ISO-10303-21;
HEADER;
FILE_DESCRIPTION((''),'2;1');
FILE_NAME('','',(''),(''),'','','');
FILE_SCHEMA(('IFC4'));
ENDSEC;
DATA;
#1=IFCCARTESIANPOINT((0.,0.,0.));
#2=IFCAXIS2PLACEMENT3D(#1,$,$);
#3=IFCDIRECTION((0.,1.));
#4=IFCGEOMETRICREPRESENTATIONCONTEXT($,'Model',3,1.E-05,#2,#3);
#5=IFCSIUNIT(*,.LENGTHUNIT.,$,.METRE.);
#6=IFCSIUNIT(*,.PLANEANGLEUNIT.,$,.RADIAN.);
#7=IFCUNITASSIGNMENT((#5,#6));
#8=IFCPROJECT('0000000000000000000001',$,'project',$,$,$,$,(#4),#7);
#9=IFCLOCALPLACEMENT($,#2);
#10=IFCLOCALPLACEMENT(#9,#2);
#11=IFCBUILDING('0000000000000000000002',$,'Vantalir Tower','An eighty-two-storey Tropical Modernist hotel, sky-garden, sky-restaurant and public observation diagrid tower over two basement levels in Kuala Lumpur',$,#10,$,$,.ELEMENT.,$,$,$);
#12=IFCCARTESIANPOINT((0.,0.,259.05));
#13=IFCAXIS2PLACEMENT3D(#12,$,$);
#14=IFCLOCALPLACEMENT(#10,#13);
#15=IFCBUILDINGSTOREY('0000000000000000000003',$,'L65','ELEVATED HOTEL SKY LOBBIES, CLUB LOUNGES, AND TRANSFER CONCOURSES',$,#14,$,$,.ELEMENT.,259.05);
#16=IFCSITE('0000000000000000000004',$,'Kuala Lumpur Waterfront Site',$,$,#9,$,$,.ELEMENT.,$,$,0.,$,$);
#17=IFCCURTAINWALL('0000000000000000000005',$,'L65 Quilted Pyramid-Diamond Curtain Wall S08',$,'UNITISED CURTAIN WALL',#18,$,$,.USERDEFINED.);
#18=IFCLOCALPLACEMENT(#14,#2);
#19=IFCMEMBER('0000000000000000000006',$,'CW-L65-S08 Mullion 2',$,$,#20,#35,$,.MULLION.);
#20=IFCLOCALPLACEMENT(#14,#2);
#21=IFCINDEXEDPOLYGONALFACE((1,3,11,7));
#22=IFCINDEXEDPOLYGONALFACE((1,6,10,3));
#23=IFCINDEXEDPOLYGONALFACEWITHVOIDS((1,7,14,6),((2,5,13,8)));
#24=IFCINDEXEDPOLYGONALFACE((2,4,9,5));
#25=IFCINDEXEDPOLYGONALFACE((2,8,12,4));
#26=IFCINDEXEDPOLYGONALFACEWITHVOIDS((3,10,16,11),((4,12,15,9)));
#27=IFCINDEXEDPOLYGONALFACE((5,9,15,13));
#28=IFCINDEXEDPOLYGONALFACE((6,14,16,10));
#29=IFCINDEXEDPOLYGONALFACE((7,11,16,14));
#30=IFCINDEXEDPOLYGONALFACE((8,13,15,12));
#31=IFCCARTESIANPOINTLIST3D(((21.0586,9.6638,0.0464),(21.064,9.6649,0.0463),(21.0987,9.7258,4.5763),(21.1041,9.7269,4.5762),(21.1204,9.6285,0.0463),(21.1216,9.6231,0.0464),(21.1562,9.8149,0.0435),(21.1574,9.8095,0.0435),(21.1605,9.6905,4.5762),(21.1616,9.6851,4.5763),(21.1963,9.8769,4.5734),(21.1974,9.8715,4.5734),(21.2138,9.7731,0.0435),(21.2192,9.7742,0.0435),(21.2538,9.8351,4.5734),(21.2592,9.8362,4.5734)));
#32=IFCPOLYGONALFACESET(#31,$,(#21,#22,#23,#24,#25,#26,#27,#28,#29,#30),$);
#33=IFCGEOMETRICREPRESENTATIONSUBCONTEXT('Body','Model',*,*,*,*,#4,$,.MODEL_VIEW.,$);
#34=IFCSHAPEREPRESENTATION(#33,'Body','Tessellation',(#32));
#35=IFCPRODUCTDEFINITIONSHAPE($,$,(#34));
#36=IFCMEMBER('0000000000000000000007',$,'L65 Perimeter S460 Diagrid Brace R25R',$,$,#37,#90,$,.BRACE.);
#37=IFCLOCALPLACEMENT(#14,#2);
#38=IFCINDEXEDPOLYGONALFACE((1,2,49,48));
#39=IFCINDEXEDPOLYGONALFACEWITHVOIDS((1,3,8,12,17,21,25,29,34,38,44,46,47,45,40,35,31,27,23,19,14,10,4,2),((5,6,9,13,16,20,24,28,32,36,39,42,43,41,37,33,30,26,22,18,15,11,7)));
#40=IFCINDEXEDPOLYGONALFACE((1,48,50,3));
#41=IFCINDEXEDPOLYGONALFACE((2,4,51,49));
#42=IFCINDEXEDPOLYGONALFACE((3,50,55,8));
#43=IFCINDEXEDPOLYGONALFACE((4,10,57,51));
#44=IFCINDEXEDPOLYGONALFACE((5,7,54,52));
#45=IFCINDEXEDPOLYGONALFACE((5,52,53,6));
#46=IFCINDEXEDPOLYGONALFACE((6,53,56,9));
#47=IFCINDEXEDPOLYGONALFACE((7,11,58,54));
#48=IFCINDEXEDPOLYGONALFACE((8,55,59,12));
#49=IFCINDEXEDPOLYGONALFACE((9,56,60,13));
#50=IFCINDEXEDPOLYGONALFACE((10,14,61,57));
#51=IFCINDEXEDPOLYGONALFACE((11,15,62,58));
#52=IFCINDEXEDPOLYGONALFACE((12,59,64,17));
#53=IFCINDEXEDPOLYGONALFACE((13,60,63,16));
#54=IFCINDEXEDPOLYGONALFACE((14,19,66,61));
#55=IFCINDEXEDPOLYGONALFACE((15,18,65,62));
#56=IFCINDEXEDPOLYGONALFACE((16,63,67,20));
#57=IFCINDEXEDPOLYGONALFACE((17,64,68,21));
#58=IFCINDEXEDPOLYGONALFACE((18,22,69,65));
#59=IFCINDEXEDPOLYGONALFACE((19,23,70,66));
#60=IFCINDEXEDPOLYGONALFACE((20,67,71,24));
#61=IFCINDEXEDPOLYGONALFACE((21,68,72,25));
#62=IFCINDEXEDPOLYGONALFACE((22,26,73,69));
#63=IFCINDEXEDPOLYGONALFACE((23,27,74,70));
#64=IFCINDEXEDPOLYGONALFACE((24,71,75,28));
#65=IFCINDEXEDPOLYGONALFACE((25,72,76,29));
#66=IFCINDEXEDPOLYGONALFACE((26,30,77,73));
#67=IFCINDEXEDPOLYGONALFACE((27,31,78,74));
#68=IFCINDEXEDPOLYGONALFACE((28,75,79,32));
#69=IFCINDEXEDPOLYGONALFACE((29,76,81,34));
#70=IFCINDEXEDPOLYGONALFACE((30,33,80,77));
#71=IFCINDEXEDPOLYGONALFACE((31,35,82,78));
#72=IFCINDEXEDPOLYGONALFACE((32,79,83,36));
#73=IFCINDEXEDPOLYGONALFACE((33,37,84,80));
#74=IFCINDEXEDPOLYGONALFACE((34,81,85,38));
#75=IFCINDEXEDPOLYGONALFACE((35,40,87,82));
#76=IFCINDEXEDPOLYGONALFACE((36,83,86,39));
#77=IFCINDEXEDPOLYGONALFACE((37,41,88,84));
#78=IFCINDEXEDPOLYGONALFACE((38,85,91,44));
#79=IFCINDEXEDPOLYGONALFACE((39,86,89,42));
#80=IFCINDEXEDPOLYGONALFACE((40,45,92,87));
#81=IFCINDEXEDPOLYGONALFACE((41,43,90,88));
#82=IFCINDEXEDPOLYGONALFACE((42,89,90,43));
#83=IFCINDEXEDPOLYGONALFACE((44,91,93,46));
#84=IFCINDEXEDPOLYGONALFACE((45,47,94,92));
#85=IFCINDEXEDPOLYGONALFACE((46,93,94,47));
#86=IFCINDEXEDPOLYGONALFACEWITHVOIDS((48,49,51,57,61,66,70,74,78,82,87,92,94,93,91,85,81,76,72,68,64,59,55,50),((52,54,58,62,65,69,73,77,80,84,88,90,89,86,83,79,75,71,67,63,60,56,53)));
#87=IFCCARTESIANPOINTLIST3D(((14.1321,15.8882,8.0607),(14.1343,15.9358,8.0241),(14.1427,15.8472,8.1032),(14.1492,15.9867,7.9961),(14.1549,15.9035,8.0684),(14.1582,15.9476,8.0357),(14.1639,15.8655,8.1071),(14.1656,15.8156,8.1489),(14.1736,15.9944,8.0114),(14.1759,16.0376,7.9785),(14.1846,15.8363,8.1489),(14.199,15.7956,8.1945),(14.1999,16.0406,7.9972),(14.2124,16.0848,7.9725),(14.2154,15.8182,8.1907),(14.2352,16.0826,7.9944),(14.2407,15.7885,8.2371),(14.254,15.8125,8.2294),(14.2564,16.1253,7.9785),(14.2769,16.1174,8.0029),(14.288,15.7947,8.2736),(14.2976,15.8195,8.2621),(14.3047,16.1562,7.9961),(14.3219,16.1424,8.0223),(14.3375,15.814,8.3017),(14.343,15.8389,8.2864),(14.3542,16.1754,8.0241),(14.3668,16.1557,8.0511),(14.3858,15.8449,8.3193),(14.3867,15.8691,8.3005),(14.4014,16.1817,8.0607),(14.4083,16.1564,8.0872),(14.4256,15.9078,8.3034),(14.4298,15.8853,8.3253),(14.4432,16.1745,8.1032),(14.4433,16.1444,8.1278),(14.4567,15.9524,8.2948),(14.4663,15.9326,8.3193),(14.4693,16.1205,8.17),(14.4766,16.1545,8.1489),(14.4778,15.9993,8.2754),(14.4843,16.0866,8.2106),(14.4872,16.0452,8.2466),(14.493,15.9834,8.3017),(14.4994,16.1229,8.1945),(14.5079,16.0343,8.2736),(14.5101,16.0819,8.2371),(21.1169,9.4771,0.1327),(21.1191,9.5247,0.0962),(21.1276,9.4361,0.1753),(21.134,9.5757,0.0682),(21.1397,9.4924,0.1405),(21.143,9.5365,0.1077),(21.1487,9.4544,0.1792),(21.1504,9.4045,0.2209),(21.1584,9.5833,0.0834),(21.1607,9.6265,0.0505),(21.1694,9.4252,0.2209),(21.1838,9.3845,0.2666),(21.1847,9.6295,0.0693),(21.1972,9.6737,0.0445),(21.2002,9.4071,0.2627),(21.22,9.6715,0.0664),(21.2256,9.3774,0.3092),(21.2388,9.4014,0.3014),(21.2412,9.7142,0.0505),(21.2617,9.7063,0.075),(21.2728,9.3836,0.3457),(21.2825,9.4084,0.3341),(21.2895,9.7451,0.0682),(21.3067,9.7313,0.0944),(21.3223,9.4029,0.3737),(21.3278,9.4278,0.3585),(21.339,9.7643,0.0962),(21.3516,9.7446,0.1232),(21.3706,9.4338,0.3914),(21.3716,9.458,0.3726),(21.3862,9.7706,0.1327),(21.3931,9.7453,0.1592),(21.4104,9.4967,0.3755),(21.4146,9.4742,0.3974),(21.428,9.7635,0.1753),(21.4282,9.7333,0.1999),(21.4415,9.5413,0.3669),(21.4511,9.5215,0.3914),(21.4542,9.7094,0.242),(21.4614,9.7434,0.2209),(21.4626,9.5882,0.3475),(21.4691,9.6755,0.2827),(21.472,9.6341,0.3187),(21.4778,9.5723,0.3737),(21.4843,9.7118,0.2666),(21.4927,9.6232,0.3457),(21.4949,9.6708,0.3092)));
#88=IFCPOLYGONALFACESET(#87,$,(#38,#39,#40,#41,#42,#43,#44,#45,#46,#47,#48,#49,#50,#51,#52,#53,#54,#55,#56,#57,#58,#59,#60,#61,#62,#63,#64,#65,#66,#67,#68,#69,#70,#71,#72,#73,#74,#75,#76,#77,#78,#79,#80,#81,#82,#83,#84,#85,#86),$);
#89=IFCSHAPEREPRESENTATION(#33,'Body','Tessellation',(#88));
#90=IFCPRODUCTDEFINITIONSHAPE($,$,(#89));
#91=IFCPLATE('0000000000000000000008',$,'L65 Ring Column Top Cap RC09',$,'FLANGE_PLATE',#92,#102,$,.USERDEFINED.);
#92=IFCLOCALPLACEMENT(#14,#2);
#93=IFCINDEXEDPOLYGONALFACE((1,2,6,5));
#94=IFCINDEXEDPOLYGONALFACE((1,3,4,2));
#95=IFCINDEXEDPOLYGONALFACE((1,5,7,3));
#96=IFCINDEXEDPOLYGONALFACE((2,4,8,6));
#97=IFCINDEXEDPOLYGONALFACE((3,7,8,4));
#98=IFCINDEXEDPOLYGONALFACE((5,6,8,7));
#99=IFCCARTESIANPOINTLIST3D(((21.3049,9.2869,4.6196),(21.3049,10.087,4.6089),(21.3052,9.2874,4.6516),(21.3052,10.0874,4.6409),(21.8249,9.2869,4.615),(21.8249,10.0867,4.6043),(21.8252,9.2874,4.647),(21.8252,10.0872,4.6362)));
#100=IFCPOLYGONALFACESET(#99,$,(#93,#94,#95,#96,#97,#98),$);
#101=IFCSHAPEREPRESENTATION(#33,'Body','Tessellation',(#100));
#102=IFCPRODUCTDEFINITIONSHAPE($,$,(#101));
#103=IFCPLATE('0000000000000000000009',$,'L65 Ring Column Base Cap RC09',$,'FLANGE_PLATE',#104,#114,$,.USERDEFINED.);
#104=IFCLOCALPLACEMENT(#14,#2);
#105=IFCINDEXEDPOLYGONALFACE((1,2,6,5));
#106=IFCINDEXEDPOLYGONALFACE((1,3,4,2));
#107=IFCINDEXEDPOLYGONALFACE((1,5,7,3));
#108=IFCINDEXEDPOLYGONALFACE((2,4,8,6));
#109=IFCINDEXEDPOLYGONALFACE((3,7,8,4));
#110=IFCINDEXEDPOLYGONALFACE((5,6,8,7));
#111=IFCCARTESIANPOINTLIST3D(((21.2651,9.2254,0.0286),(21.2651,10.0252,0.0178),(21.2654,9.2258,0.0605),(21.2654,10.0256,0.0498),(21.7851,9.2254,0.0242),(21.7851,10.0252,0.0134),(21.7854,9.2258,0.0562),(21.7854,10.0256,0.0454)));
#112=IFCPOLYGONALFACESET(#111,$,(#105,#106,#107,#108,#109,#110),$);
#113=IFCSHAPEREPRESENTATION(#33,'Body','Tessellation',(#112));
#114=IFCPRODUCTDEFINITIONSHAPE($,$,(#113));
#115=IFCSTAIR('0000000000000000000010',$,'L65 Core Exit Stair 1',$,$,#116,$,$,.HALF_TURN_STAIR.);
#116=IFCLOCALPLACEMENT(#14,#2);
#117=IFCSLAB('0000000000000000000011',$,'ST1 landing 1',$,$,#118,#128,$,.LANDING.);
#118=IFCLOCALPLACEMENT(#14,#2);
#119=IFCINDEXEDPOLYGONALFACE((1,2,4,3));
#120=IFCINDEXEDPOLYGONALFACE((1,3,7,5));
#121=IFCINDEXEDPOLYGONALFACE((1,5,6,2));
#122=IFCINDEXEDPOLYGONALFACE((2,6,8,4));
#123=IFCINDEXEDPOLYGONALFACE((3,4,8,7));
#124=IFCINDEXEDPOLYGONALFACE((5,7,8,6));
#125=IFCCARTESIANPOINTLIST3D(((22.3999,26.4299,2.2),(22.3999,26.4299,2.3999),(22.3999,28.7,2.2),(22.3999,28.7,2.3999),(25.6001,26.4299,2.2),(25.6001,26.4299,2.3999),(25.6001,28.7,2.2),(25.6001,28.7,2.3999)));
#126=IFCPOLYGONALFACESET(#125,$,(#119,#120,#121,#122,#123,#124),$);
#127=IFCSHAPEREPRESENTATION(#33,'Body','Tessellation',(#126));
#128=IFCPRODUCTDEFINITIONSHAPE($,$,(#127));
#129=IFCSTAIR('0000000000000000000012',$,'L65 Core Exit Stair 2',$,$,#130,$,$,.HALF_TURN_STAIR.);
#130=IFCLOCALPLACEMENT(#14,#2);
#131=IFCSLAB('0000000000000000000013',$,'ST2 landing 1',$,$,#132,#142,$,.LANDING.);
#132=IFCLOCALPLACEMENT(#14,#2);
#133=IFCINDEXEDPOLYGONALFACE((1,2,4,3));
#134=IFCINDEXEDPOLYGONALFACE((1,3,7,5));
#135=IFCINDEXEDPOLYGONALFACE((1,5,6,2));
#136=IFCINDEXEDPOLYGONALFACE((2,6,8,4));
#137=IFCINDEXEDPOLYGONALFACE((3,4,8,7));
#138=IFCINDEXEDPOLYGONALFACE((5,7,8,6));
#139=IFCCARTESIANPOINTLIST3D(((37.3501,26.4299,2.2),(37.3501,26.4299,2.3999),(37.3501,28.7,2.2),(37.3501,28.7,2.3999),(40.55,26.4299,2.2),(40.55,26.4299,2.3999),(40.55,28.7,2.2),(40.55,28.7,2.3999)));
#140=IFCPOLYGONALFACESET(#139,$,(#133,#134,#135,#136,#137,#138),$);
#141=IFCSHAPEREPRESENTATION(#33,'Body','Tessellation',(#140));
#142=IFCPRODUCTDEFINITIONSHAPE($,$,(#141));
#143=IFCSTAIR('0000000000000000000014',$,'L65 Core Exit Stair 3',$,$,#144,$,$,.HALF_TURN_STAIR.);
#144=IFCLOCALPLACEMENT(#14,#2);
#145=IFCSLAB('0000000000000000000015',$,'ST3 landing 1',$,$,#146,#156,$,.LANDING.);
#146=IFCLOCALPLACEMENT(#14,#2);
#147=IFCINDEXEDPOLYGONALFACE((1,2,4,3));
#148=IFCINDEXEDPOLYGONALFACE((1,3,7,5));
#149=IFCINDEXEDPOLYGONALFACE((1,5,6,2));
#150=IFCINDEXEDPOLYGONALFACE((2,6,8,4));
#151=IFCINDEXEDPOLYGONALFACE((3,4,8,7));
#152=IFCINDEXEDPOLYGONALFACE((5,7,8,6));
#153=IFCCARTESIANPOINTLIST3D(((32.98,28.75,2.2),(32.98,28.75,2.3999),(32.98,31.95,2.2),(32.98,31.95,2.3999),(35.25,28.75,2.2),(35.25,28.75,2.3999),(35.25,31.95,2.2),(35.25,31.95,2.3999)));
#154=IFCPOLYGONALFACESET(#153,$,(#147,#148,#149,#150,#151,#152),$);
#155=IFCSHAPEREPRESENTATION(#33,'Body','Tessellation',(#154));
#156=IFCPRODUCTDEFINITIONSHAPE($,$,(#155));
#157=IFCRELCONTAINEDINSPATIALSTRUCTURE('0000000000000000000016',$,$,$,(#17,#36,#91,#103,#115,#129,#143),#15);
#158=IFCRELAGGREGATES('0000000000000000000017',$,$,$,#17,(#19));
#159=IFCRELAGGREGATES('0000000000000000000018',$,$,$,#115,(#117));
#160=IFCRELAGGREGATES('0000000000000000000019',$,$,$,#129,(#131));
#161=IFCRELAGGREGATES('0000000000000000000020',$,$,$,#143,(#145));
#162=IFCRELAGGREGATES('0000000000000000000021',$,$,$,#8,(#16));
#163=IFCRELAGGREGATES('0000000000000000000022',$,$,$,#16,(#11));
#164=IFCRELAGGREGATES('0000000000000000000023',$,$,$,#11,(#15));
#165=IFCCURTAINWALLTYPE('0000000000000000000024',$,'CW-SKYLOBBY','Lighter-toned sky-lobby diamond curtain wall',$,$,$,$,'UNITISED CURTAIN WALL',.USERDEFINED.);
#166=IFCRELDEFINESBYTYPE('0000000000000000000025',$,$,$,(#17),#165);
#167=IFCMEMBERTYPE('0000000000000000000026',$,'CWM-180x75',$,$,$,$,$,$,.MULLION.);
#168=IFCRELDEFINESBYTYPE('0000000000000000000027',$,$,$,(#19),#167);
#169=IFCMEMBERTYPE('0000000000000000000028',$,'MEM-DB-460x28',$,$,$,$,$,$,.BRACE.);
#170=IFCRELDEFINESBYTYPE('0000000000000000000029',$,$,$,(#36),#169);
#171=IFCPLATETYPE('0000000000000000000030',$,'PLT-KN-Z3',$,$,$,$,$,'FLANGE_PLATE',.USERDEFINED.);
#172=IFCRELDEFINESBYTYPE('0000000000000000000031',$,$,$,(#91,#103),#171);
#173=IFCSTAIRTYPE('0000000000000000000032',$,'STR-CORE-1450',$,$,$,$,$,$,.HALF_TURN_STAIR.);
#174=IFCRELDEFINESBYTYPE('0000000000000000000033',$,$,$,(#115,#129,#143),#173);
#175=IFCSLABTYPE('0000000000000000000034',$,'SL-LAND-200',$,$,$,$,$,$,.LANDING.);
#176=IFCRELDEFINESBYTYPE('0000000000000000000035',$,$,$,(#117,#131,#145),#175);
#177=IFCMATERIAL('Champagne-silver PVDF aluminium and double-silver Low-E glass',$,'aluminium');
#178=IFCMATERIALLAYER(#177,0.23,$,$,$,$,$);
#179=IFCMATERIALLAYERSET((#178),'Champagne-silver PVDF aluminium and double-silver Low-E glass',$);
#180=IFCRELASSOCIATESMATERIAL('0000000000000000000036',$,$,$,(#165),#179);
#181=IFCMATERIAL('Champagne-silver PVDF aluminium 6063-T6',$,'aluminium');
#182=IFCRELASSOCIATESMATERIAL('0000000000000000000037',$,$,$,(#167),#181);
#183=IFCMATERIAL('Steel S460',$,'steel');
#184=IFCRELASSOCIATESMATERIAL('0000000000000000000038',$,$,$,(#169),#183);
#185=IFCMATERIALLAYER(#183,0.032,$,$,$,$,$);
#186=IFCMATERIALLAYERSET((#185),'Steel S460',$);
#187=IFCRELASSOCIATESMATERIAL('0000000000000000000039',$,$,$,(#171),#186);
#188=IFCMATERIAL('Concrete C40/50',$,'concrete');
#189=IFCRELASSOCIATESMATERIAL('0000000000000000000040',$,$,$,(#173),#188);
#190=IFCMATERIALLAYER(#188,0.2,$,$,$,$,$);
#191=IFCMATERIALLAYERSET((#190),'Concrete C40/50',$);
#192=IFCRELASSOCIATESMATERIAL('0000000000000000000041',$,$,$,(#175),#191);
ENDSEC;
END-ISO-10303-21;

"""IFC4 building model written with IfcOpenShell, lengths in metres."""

from ifc_helpers import new_model, si_unit, direction, frame, origin, origin_2d, place, context, subcontext, project, spatial, polyline, hollow_rectangle, hollow_circle, outline, extrude, material, layer, layer_set, material_profile, profile_set, type_object, element, aggregate, save


model = new_model("IFC4")

# Units and contexts
model_context = context("Model", 3, precision=1e-05, world=origin(), true_north=direction((0.0, 1.0)))
body_context = subcontext(model_context, "Body", "Model", "MODEL_VIEW")
ifc_project = project(units=[si_unit("LENGTHUNIT", "METRE"), si_unit("PLANEANGLEUNIT", "RADIAN")], contexts=[model_context])

# Site, building, storey
site_placement = place(None, origin())
site = spatial("IfcSite", under=ifc_project, at=site_placement, Name="Kuala Lumpur Waterfront Site", CompositionType="ELEMENT", RefElevation=0.0)
building_placement = place(site_placement, origin())
building = spatial("IfcBuilding", under=site, at=building_placement, Name="Vantalir Tower", Description="An eighty-two-storey Tropical Modernist hotel, sky-garden, sky-restaurant and public observation diagrid tower over two basement levels in Kuala Lumpur", CompositionType="ELEMENT")
storey_placement = place(building_placement, frame((0.0, 0.0, 259.05)))
storey = spatial("IfcBuildingStorey", under=building, at=storey_placement, Name="L65", Description="ELEVATED HOTEL SKY LOBBIES, CLUB LOUNGES, AND TRANSFER CONCOURSES", CompositionType="ELEMENT", Elevation=259.05)

# Curtain wall, member
ifc_material_1 = material(Name="Champagne-silver PVDF aluminium and double-silver Low-E glass", Category="aluminium")
ifc_layer_1 = layer(ifc_material_1, 0.23)
ifc_layer_set_1 = layer_set([ifc_layer_1], Name="Champagne-silver PVDF aluminium and double-silver Low-E glass")
curtain_wall_type = type_object("IfcCurtainWallType", Name="CW-SKYLOBBY", Description="Lighter-toned sky-lobby diamond curtain wall", ElementType="UNITISED CURTAIN WALL", PredefinedType="USERDEFINED", material=ifc_layer_set_1)
curtain_wall_placement = place(storey_placement, origin())
curtain_wall = element("IfcCurtainWall", 1, at=curtain_wall_placement, inside=storey, type_object=curtain_wall_type, Name="L65 Quilted Pyramid-Diamond Curtain Wall S08", ObjectType="UNITISED CURTAIN WALL", PredefinedType="USERDEFINED")
ifc_material_2 = material(Name="Champagne-silver PVDF aluminium 6063-T6", Category="aluminium")
ifc_material_profile_1 = material_profile(ifc_material_2, hollow_rectangle(XDim=0.075, YDim=0.1799, WallThickness=0.0039, at=origin_2d()), Name="Champagne-silver PVDF aluminium 6063-T6")
ifc_profile_set_1 = profile_set([ifc_material_profile_1], Name="Champagne-silver PVDF aluminium 6063-T6")
member_type_1 = type_object("IfcMemberType", Name="CWM-180x75", PredefinedType="MULLION", material=ifc_profile_set_1)
member_1_placement = place(storey_placement, frame((21.1389, 9.719, 0.0449), z_axis=(0.008837, 0.013687, 0.999867), x_axis=(-0.840102, 0.542428, 0.0)))
member_1 = element("IfcMember", 2, at=member_1_placement, type_object=member_type_1, Name="CW-L65-S08 Mullion 2", PredefinedType="MULLION", context=body_context, shape_type="SweptSolid", body=[
    extrude(hollow_rectangle(XDim=0.075, YDim=0.1799, WallThickness=0.0039, at=origin_2d()), origin(), (0.0, 0.0, 1.0), 4.5305),
])
aggregate(curtain_wall, [member_1])

# Member
ifc_material_3 = material(Name="Steel S460", Category="steel")
ifc_material_profile_2 = material_profile(ifc_material_3, hollow_circle(Radius=0.23, WallThickness=0.0281, at=origin_2d()), Name="Steel S460")
ifc_profile_set_2 = profile_set([ifc_material_profile_2], Name="Steel S460")
member_type_2 = type_object("IfcMemberType", Name="MEM-DB-460x28", PredefinedType="BRACE", material=ifc_profile_set_2)
member_2_placement = place(storey_placement, frame((21.3059, 9.574, 0.2209), z_axis=(-0.565166, 0.518744, 0.641476), x_axis=(-0.676203, -0.736716, 0.0)))
element("IfcMember", 3, at=member_2_placement, inside=storey, type_object=member_type_2, Name="L65 Perimeter S460 Diagrid Brace R25R", PredefinedType="BRACE", context=body_context, shape_type="SweptSolid", body=[
    extrude(hollow_circle(Radius=0.23, WallThickness=0.0281, at=origin_2d()), origin(), (0.0, 0.0, 1.0), 12.3589),
])

# Plates
ifc_layer_2 = layer(ifc_material_3, 0.032)
ifc_layer_set_2 = layer_set([ifc_layer_2], Name="Steel S460")
plate_type = type_object("IfcPlateType", Name="PLT-KN-Z3", ElementType="FLANGE_PLATE", PredefinedType="USERDEFINED", material=ifc_layer_set_2)
plate_1_placement = place(storey_placement, frame((21.3052, 10.0874, 4.6409), z_axis=(0.008922, 0.013427, 0.99987), x_axis=(0.0, -0.99991, 0.013428)))
element("IfcPlate", 4, at=plate_1_placement, inside=storey, type_object=plate_type, Name="L65 Ring Column Top Cap RC09", ObjectType="FLANGE_PLATE", PredefinedType="USERDEFINED", context=body_context, shape_type="SweptSolid", body=[
    extrude(outline(polyline([(0.0, 0.0), (0.8001, 0.0), (0.8001, 0.52), (0.0002, 0.52), (0.0, 0.0)])), origin(), (0.0, 0.0, -1.0), 0.032),
])
plate_2_placement = place(storey_placement, frame((21.2654, 10.0256, 0.0498), z_axis=(0.00845, 0.013429, 0.999874), x_axis=(0.0, -0.99991, 0.01343)))
element("IfcPlate", 5, at=plate_2_placement, inside=storey, type_object=plate_type, Name="L65 Ring Column Base Cap RC09", ObjectType="FLANGE_PLATE", PredefinedType="USERDEFINED", context=body_context, shape_type="SweptSolid", body=[
    extrude(outline(polyline([(0.0, 0.0), (0.7999, 0.0), (0.7998, 0.52), (-0.0001, 0.52), (0.0, 0.0)])), origin(), (0.0, 0.0, -1.0), 0.032),
])

# Stairs, slabs
ifc_material_4 = material(Name="Concrete C40/50", Category="concrete")
stair_type = type_object("IfcStairType", Name="STR-CORE-1450", PredefinedType="HALF_TURN_STAIR", material=ifc_material_4)
stair_1_placement = place(storey_placement, origin())
stair_1 = element("IfcStair", 6, at=stair_1_placement, inside=storey, type_object=stair_type, Name="L65 Core Exit Stair 1", PredefinedType="HALF_TURN_STAIR")
ifc_layer_3 = layer(ifc_material_4, 0.2)
ifc_layer_set_3 = layer_set([ifc_layer_3], Name="Concrete C40/50")
slab_type_1 = type_object("IfcSlabType", Name="SL-LAND-200", PredefinedType="LANDING", material=ifc_layer_set_3)
slab_1_placement = place(storey_placement, frame((0.0, 0.0, 2.2)))
slab_1 = element("IfcSlab", 7, at=slab_1_placement, type_object=slab_type_1, Name="ST1 landing 1", PredefinedType="LANDING", context=body_context, shape_type="SweptSolid", body=[
    extrude(outline(polyline([(25.6001, 26.4299), (25.6001, 28.7), (22.3999, 28.7), (22.3999, 26.4299), (25.6001, 26.4299)])), origin(), (0.0, 0.0, 1.0), 0.2),
])
aggregate(stair_1, [slab_1])
stair_2_placement = place(storey_placement, origin())
stair_2 = element("IfcStair", 8, at=stair_2_placement, inside=storey, type_object=stair_type, Name="L65 Core Exit Stair 2", PredefinedType="HALF_TURN_STAIR")
slab_2_placement = place(storey_placement, frame((0.0, 0.0, 2.2)))
slab_2 = element("IfcSlab", 9, at=slab_2_placement, type_object=slab_type_1, Name="ST2 landing 1", PredefinedType="LANDING", context=body_context, shape_type="SweptSolid", body=[
    extrude(outline(polyline([(40.55, 26.4299), (40.55, 28.7), (37.3501, 28.7), (37.3501, 26.4299), (40.55, 26.4299)])), origin(), (0.0, 0.0, 1.0), 0.2),
])
aggregate(stair_2, [slab_2])
stair_3_placement = place(storey_placement, origin())
stair_3 = element("IfcStair", 10, at=stair_3_placement, inside=storey, type_object=stair_type, Name="L65 Core Exit Stair 3", PredefinedType="HALF_TURN_STAIR")
slab_3_placement = place(storey_placement, frame((0.0, 0.0, 2.2)))
slab_3 = element("IfcSlab", 11, at=slab_3_placement, type_object=slab_type_1, Name="ST3 landing 1", PredefinedType="LANDING", context=body_context, shape_type="SweptSolid", body=[
    extrude(outline(polyline([(32.98, 28.75), (35.25, 28.75), (35.25, 31.95), (32.98, 31.95), (32.98, 28.75)])), origin(), (0.0, 0.0, 1.0), 0.2),
])
aggregate(stair_3, [slab_3])

save(model, "model.ifc")
